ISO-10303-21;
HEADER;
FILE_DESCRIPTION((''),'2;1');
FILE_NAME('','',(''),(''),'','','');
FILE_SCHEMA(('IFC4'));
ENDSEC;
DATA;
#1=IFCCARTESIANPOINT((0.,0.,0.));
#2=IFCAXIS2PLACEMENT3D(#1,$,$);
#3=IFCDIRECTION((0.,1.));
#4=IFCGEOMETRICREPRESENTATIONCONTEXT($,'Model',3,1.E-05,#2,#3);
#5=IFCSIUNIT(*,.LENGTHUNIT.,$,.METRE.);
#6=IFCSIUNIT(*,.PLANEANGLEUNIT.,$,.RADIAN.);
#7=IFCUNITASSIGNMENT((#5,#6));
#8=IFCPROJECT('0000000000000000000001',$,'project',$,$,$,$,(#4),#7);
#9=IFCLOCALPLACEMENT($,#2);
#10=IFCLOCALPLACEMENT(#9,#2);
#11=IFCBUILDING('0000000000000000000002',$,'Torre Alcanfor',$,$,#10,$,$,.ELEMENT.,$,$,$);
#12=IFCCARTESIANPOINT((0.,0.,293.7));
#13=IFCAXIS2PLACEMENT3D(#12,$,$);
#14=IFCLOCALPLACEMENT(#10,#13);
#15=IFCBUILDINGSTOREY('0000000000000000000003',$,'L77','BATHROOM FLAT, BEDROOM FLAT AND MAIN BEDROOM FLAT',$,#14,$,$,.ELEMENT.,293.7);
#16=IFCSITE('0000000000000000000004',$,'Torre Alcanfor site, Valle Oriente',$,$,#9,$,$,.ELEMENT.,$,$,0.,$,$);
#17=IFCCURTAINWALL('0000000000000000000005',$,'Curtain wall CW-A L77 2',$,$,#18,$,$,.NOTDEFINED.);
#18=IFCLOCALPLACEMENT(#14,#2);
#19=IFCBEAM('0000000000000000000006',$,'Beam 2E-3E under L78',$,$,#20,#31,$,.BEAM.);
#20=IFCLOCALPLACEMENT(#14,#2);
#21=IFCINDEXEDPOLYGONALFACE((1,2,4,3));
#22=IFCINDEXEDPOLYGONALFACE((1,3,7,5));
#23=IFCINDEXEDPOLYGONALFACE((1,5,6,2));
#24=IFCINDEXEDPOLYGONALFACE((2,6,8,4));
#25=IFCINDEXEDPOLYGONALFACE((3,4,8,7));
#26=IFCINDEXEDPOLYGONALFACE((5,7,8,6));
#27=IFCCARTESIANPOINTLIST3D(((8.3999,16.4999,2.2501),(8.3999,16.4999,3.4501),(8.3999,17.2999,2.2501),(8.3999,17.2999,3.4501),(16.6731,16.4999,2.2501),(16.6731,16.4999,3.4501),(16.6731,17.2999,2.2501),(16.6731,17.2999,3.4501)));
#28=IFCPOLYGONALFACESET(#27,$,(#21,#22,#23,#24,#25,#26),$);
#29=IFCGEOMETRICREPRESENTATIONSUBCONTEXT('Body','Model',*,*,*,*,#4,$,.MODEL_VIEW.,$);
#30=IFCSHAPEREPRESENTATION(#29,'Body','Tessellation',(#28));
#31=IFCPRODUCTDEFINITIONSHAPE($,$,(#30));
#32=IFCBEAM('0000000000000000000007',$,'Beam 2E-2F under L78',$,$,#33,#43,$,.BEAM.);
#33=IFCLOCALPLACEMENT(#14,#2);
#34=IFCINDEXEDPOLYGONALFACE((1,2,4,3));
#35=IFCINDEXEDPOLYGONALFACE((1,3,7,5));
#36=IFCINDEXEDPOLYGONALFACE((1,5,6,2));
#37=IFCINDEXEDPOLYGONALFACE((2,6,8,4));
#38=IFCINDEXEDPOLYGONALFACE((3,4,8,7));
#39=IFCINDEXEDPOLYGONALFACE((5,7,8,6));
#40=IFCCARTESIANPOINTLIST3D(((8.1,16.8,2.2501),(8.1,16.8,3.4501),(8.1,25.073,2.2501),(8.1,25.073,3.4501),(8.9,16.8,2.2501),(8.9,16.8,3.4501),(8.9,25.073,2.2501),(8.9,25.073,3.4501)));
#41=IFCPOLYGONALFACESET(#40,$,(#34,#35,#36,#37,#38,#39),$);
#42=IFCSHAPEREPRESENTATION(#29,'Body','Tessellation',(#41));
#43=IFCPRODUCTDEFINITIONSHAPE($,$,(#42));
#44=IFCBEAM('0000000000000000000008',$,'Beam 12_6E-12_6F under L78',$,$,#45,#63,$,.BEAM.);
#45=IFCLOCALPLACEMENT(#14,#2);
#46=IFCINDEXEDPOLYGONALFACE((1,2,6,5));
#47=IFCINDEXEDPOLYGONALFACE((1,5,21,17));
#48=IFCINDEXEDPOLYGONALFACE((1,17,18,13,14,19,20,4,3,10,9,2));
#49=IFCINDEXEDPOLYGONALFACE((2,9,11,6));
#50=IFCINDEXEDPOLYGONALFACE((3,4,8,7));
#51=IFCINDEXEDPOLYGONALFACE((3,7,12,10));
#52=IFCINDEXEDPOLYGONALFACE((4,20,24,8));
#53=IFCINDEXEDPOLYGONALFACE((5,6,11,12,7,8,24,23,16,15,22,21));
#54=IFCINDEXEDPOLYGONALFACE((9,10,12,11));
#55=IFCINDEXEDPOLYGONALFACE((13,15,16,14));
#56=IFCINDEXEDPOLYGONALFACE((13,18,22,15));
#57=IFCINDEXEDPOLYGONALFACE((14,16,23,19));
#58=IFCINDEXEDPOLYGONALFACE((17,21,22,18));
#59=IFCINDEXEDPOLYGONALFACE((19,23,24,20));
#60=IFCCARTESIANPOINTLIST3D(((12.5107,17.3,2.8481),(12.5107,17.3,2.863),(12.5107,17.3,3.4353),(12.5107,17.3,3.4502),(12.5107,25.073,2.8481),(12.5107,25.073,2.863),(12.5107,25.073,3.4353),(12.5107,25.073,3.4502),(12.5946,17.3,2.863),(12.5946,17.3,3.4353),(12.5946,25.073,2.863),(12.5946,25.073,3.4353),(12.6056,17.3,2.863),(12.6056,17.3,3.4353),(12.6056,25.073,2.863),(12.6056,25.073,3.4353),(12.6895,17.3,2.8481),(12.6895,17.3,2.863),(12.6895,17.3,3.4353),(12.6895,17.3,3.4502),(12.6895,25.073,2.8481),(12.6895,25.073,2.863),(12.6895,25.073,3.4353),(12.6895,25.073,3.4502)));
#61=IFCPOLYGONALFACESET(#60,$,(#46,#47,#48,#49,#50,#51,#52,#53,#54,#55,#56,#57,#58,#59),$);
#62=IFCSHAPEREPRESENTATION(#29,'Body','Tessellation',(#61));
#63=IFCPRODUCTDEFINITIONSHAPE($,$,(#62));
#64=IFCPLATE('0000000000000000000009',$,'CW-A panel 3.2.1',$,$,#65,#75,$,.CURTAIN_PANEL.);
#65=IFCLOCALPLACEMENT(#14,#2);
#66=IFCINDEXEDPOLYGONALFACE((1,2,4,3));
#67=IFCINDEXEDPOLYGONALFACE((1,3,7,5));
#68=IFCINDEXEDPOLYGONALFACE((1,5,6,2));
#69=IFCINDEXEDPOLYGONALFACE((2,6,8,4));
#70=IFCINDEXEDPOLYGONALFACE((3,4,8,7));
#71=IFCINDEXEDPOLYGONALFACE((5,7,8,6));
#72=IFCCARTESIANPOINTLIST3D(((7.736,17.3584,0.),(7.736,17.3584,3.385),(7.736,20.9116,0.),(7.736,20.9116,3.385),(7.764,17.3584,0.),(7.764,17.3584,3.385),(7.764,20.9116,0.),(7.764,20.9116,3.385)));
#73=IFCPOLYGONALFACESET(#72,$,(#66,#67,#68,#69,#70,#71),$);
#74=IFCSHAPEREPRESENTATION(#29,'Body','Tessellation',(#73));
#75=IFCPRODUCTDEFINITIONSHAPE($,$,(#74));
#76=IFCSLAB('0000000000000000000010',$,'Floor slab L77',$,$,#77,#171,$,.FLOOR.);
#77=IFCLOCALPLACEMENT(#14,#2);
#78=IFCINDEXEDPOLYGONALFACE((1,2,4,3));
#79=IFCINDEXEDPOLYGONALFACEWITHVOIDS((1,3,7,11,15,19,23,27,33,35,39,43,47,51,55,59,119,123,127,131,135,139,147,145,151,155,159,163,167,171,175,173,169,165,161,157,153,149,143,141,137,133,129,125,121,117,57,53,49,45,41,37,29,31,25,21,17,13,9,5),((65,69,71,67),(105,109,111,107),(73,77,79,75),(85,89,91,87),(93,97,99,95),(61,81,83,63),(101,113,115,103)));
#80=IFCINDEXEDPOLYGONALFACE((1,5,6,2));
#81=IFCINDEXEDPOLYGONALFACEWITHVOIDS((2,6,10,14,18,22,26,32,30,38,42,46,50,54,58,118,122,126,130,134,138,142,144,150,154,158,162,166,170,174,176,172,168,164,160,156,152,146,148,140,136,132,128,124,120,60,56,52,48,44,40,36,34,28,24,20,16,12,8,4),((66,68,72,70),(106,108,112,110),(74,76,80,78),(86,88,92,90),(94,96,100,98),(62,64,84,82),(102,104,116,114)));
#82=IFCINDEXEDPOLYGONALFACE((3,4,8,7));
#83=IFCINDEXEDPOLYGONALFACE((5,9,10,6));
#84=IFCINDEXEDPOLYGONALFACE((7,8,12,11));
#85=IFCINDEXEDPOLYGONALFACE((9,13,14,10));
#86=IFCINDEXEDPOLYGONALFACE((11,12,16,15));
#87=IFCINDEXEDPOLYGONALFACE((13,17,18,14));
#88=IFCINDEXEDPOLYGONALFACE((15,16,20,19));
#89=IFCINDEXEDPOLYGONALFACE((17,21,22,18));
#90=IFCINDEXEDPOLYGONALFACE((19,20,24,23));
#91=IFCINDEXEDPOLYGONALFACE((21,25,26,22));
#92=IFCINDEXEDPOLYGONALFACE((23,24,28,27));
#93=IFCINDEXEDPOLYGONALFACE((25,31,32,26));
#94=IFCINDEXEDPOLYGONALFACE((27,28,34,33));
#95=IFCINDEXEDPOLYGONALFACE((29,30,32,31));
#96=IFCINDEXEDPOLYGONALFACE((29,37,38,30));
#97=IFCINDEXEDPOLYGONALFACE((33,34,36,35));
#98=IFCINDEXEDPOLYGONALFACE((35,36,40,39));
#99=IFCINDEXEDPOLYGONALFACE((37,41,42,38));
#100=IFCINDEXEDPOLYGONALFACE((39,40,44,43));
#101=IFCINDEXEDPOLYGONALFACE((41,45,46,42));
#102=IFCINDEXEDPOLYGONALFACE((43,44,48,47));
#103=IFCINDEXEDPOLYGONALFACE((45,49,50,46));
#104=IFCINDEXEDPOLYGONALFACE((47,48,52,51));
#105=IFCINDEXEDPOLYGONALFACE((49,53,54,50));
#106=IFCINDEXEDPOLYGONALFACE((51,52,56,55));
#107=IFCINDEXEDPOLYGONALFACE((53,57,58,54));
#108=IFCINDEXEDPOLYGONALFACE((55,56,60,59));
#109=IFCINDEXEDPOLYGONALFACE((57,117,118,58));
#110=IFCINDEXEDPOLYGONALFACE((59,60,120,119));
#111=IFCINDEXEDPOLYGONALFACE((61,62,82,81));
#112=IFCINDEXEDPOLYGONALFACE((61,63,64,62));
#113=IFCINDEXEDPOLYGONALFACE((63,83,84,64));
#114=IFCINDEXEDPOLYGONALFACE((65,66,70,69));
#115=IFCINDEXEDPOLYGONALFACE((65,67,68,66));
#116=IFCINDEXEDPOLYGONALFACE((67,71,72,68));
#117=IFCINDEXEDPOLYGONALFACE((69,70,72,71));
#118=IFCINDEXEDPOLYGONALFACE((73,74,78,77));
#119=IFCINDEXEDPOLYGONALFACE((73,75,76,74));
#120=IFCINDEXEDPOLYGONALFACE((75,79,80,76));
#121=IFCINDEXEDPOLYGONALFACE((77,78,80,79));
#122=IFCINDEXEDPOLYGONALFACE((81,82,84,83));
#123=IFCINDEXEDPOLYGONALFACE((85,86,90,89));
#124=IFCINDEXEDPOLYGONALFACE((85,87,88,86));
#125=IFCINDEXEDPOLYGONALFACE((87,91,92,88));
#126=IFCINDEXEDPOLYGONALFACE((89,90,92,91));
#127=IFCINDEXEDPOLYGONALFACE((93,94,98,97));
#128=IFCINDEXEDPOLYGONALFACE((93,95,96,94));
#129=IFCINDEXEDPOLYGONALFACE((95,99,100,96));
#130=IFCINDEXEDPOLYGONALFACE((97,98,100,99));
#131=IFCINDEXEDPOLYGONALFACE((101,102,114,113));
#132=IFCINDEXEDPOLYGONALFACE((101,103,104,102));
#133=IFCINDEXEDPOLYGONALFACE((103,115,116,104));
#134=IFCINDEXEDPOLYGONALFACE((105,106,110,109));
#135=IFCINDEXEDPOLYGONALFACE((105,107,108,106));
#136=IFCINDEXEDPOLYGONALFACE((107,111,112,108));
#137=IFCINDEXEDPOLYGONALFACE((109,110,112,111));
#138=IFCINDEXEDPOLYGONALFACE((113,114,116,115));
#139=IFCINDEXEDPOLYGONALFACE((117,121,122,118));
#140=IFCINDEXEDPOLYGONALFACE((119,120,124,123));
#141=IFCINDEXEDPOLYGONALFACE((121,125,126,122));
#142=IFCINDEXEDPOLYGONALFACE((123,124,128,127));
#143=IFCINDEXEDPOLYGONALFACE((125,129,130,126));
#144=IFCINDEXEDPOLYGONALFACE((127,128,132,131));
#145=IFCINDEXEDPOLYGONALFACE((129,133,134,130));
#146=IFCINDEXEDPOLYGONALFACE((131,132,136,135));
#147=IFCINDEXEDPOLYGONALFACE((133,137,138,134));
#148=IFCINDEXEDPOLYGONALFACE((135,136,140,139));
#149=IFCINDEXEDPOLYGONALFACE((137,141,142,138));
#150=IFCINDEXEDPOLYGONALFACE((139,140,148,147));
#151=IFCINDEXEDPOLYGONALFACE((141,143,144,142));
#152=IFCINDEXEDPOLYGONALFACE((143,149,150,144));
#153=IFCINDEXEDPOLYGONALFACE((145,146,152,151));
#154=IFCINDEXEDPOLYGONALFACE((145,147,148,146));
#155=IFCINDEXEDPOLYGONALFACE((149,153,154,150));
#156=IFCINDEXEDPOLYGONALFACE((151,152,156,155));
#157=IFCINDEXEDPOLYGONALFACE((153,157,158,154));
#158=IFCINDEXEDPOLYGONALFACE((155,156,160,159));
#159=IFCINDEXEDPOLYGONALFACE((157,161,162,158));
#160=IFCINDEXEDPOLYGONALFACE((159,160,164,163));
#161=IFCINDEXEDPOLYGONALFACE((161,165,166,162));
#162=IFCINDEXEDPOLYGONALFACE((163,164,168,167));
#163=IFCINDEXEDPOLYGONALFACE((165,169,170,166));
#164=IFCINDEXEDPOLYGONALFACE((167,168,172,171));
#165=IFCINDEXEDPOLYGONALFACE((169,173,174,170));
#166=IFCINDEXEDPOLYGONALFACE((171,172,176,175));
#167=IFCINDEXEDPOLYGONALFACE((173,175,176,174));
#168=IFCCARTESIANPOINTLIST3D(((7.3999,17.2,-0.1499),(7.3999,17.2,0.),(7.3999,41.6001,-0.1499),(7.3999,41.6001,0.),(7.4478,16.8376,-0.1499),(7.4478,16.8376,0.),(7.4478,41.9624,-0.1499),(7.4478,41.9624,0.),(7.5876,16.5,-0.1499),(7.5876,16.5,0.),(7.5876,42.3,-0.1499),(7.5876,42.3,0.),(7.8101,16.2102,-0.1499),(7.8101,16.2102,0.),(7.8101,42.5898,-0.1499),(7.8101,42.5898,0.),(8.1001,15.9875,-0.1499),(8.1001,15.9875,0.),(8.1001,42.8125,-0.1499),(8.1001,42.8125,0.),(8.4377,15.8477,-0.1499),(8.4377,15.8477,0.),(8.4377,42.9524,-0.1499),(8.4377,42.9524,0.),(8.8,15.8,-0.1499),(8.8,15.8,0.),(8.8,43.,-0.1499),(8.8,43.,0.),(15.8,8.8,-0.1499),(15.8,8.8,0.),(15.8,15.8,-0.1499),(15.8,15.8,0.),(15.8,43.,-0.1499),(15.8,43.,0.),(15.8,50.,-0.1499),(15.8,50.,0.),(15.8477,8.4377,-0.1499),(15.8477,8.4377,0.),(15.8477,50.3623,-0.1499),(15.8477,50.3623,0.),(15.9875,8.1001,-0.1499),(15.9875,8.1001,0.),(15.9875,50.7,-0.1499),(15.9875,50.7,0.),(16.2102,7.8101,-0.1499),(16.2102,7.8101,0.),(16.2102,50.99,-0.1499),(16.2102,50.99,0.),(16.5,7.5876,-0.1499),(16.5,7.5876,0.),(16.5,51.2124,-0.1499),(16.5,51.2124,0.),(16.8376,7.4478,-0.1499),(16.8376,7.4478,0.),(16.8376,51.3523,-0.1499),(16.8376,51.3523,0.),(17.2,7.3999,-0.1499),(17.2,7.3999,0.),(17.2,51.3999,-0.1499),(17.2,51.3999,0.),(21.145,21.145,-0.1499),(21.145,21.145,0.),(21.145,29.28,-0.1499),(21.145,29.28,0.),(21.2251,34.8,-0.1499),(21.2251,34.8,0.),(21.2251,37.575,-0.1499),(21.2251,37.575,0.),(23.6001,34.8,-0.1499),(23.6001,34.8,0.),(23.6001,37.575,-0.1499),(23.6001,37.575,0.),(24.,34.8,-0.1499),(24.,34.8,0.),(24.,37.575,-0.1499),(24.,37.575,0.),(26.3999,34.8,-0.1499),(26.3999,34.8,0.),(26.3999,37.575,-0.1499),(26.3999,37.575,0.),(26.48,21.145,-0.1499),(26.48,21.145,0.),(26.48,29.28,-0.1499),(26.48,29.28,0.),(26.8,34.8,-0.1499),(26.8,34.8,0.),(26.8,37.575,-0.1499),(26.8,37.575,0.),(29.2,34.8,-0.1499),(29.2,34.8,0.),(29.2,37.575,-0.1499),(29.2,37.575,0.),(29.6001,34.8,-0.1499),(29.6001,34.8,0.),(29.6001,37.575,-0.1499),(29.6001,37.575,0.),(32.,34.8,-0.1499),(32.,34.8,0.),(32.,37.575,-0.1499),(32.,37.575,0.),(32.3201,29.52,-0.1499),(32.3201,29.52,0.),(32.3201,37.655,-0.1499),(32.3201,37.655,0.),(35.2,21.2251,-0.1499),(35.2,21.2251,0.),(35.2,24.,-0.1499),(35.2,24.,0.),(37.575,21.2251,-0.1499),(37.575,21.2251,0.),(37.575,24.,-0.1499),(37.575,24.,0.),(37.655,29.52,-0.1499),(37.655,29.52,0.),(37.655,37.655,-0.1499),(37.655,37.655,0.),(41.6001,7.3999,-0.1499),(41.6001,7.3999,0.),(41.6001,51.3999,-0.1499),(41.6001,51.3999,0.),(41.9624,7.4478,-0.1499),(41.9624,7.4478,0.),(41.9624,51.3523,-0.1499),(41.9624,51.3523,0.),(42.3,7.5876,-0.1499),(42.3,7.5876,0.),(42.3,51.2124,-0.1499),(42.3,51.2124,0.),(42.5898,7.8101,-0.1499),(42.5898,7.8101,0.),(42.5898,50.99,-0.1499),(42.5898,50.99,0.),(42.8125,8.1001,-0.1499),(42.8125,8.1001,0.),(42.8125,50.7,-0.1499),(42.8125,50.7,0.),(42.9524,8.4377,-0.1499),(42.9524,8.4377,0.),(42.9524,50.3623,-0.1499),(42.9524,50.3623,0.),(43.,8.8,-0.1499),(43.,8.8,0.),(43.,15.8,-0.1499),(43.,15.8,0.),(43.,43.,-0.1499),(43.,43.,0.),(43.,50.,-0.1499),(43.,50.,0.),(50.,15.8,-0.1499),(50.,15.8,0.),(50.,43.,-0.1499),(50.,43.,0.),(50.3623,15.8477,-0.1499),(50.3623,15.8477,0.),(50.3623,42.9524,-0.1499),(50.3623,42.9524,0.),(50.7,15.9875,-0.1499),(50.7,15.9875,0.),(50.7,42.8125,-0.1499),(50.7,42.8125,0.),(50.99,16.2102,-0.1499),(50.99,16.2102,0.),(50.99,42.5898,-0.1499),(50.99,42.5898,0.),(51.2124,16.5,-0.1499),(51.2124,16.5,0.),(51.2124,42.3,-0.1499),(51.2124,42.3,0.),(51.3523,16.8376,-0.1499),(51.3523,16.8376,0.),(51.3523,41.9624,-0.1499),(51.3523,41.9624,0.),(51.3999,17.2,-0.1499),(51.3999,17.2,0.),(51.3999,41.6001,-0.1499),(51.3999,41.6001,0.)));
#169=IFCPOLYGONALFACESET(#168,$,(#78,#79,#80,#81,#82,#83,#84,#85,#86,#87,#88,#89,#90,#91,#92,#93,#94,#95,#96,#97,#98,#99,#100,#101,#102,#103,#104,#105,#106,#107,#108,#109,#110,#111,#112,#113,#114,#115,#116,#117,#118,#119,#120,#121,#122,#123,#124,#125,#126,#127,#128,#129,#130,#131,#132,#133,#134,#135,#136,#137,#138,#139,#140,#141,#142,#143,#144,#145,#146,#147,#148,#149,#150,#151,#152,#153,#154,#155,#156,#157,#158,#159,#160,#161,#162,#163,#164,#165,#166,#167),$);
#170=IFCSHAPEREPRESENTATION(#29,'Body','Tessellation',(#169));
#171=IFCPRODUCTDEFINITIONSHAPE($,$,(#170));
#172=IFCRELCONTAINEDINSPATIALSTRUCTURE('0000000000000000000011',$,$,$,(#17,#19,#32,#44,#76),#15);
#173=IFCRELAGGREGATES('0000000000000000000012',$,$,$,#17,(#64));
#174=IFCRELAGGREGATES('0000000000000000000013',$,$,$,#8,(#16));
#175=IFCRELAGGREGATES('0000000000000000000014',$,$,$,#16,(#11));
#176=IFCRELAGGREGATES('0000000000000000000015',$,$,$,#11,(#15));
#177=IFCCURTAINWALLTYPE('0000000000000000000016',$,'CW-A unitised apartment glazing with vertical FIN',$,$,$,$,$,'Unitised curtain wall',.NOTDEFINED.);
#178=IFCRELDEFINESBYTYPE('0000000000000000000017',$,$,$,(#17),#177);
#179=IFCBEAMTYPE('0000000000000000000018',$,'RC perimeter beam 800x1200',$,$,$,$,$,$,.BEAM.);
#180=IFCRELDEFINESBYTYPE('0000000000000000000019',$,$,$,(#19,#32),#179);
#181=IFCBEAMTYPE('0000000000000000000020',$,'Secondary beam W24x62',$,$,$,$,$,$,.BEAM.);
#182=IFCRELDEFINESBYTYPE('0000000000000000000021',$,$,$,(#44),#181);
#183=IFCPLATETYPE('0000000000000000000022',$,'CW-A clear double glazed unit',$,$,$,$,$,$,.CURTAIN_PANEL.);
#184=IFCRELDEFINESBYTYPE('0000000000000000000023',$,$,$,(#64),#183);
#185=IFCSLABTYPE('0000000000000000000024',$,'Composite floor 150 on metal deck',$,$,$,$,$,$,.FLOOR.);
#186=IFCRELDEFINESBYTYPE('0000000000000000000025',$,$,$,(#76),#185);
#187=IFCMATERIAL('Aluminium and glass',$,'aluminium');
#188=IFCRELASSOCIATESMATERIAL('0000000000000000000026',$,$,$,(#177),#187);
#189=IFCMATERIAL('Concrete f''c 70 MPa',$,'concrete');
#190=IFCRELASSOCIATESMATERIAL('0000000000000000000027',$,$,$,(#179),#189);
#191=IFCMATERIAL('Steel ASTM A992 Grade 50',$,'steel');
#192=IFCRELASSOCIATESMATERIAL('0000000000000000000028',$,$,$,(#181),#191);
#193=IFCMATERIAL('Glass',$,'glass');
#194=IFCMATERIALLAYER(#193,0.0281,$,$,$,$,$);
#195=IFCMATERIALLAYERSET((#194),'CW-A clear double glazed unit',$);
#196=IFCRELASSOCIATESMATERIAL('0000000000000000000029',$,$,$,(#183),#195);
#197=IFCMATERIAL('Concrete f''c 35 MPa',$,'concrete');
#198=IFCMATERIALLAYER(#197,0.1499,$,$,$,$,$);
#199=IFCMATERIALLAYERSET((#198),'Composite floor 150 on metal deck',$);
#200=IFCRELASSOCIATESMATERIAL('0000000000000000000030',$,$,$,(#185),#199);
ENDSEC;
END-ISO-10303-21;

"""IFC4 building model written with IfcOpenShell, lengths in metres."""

from ifc_helpers import new_model, si_unit, direction, frame, origin, origin_2d, place, context, subcontext, project, spatial, polyline, rectangle, i_section, outline, extrude, material, layer, layer_set, material_profile, profile_set, type_object, element, aggregate, save


model = new_model("IFC4")

# Units and contexts
model_context = context("Model", 3, precision=1e-05, world=origin(), true_north=direction((0.0, 1.0)))
body_context = subcontext(model_context, "Body", "Model", "MODEL_VIEW")
ifc_project = project(units=[si_unit("LENGTHUNIT", "METRE"), si_unit("PLANEANGLEUNIT", "RADIAN")], contexts=[model_context])

# Site, building, storey
site_placement = place(None, origin())
site = spatial("IfcSite", under=ifc_project, at=site_placement, Name="Torre Alcanfor site, Valle Oriente", CompositionType="ELEMENT", RefElevation=0.0)
building_placement = place(site_placement, origin())
building = spatial("IfcBuilding", under=site, at=building_placement, Name="Torre Alcanfor", CompositionType="ELEMENT")
storey_placement = place(building_placement, frame((0.0, 0.0, 293.7)))
storey = spatial("IfcBuildingStorey", under=building, at=storey_placement, Name="L77", Description="BATHROOM FLAT, BEDROOM FLAT AND MAIN BEDROOM FLAT", CompositionType="ELEMENT", Elevation=293.7)

# Curtain wall
ifc_material_1 = material(Name="Aluminium and glass", Category="aluminium")
curtain_wall_type = type_object("IfcCurtainWallType", Name="CW-A unitised apartment glazing with vertical FIN", ElementType="Unitised curtain wall", PredefinedType="NOTDEFINED", material=ifc_material_1)
curtain_wall_placement = place(storey_placement, origin())
curtain_wall = element("IfcCurtainWall", 1, at=curtain_wall_placement, inside=storey, type_object=curtain_wall_type, Name="Curtain wall CW-A L77 2", PredefinedType="NOTDEFINED")

# Beams
ifc_material_2 = material(Name="Concrete f'c 70 MPa", Category="concrete")
ifc_material_profile_1 = material_profile(ifc_material_2, rectangle(XDim=0.8, YDim=1.2, at=origin_2d()), Name="800x1200")
ifc_profile_set_1 = profile_set([ifc_material_profile_1], Name="Concrete f'c 70 MPa")
beam_type_1 = type_object("IfcBeamType", Name="RC perimeter beam 800x1200", PredefinedType="BEAM", material=ifc_profile_set_1)
beam_1_placement = place(storey_placement, frame((8.3999, 16.8999, 2.8501), z_axis=(1.0, 0.0, 0.0), x_axis=(0.0, 1.0, 0.0)))
element("IfcBeam", 2, at=beam_1_placement, inside=storey, type_object=beam_type_1, Name="Beam 2E-3E under L78", PredefinedType="BEAM", context=body_context, shape_type="SweptSolid", body=[
    extrude(rectangle(XDim=0.8, YDim=1.2, at=origin_2d()), origin(), (0.0, 0.0, 1.0), 8.2732),
])
beam_2_placement = place(storey_placement, frame((8.5, 16.8, 2.8501), z_axis=(0.0, 1.0, 0.0), x_axis=(-1.0, 0.0, 0.0)))
element("IfcBeam", 3, at=beam_2_placement, inside=storey, type_object=beam_type_1, Name="Beam 2E-2F under L78", PredefinedType="BEAM", context=body_context, shape_type="SweptSolid", body=[
    extrude(rectangle(XDim=0.8, YDim=1.2, at=origin_2d()), origin(), (0.0, 0.0, 1.0), 8.2729),
])
ifc_material_3 = material(Name="Steel ASTM A992 Grade 50", Category="steel")
ifc_material_profile_2 = material_profile(ifc_material_3, i_section(OverallWidth=0.1787, OverallDepth=0.6021, WebThickness=0.011, FlangeThickness=0.0149, at=origin_2d()), Name="W24x62")
ifc_profile_set_2 = profile_set([ifc_material_profile_2], Name="Steel ASTM A992 Grade 50")
beam_type_2 = type_object("IfcBeamType", Name="Secondary beam W24x62", PredefinedType="BEAM", material=ifc_profile_set_2)
beam_3_placement = place(storey_placement, frame((12.6001, 17.3, 3.1492), z_axis=(0.0, 1.0, 0.0), x_axis=(-1.0, 0.0, 0.0)))
element("IfcBeam", 4, at=beam_3_placement, inside=storey, type_object=beam_type_2, Name="Beam 12_6E-12_6F under L78", PredefinedType="BEAM", context=body_context, shape_type="SweptSolid", body=[
    extrude(i_section(OverallWidth=0.1787, OverallDepth=0.6021, WebThickness=0.011, FlangeThickness=0.0149, at=origin_2d()), origin(), (0.0, 0.0, 1.0), 7.7729),
])

# Plate
ifc_material_4 = material(Name="Glass", Category="glass")
ifc_layer_1 = layer(ifc_material_4, 0.0281)
ifc_layer_set_1 = layer_set([ifc_layer_1], Name="CW-A clear double glazed unit")
plate_type = type_object("IfcPlateType", Name="CW-A clear double glazed unit", PredefinedType="CURTAIN_PANEL", material=ifc_layer_set_1)
plate_placement = place(storey_placement, frame((7.75, 19.135, 0.0), z_axis=(0.0, 0.0, 1.0), x_axis=(0.0, -1.0, 0.0)))
plate = element("IfcPlate", 5, at=plate_placement, type_object=plate_type, Name="CW-A panel 3.2.1", PredefinedType="CURTAIN_PANEL", context=body_context, shape_type="SweptSolid", body=[
    extrude(rectangle(XDim=3.5532, YDim=0.0281, at=origin_2d()), origin(), (0.0, 0.0, 1.0), 3.385),
])
aggregate(curtain_wall, [plate])

# Slab
ifc_material_5 = material(Name="Concrete f'c 35 MPa", Category="concrete")
ifc_layer_2 = layer(ifc_material_5, 0.1499)
ifc_layer_set_2 = layer_set([ifc_layer_2], Name="Composite floor 150 on metal deck")
slab_type_1 = type_object("IfcSlabType", Name="Composite floor 150 on metal deck", PredefinedType="FLOOR", material=ifc_layer_set_2)
slab_1_placement = place(storey_placement, frame((0.0, 0.0, -0.1499)))
element("IfcSlab", 6, at=slab_1_placement, inside=storey, type_object=slab_type_1, Name="Floor slab L77", PredefinedType="FLOOR", context=body_context, shape_type="SweptSolid", body=[
    extrude(outline(polyline([(15.8, 43.0), (8.8, 43.0), (8.4377, 42.9524), (8.1001, 42.8125), (7.8101, 42.5898), (7.5876, 42.3), (7.4478, 41.9624), (7.3999, 41.6001), (7.3999, 17.2), (7.4478, 16.8376), (7.5876, 16.5), (7.8101, 16.2102), (8.1001, 15.9875), (8.4377, 15.8477), (8.8, 15.8), (15.8, 15.8), (15.8, 8.8), (15.8477, 8.4377), (15.9875, 8.1001), (16.2102, 7.8101), (16.5, 7.5876), (16.8376, 7.4478), (17.2, 7.3999), (41.6001, 7.3999), (41.9624, 7.4478), (42.3, 7.5876), (42.5898, 7.8101), (42.8125, 8.1001), (42.9524, 8.4377), (43.0, 8.8), (43.0, 15.8), (50.0, 15.8), (50.3623, 15.8477), (50.7, 15.9875), (50.99, 16.2102), (51.2124, 16.5), (51.3523, 16.8376), (51.3999, 17.2), (51.3999, 41.6001), (51.3523, 41.9624), (51.2124, 42.3), (50.99, 42.5898), (50.7, 42.8125), (50.3623, 42.9524), (50.0, 43.0), (43.0, 43.0), (43.0, 50.0), (42.9524, 50.3623), (42.8125, 50.7), (42.5898, 50.99), (42.3, 51.2124), (41.9624, 51.3523), (41.6001, 51.3999), (17.2, 51.3999), (16.8376, 51.3523), (16.5, 51.2124), (16.2102, 50.99), (15.9875, 50.7), (15.8477, 50.3623), (15.8, 50.0), (15.8, 43.0)]), holes=[polyline([(21.145, 21.145), (26.48, 21.145), (26.48, 29.28), (21.145, 29.28), (21.145, 21.145)]), polyline([(32.3201, 29.52), (37.655, 29.52), (37.655, 37.655), (32.3201, 37.655), (32.3201, 29.52)]), polyline([(35.2, 21.2251), (37.575, 21.2251), (37.575, 24.0), (35.2, 24.0), (35.2, 21.2251)]), polyline([(21.2251, 34.8), (23.6001, 34.8), (23.6001, 37.575), (21.2251, 37.575), (21.2251, 34.8)]), polyline([(24.0, 34.8), (26.3999, 34.8), (26.3999, 37.575), (24.0, 37.575), (24.0, 34.8)]), polyline([(26.8, 34.8), (29.2, 34.8), (29.2, 37.575), (26.8, 37.575), (26.8, 34.8)]), polyline([(29.6001, 34.8), (32.0, 34.8), (32.0, 37.575), (29.6001, 37.575), (29.6001, 34.8)])]), origin(), (0.0, 0.0, 1.0), 0.1499),
])

save(model, "model.ifc")
